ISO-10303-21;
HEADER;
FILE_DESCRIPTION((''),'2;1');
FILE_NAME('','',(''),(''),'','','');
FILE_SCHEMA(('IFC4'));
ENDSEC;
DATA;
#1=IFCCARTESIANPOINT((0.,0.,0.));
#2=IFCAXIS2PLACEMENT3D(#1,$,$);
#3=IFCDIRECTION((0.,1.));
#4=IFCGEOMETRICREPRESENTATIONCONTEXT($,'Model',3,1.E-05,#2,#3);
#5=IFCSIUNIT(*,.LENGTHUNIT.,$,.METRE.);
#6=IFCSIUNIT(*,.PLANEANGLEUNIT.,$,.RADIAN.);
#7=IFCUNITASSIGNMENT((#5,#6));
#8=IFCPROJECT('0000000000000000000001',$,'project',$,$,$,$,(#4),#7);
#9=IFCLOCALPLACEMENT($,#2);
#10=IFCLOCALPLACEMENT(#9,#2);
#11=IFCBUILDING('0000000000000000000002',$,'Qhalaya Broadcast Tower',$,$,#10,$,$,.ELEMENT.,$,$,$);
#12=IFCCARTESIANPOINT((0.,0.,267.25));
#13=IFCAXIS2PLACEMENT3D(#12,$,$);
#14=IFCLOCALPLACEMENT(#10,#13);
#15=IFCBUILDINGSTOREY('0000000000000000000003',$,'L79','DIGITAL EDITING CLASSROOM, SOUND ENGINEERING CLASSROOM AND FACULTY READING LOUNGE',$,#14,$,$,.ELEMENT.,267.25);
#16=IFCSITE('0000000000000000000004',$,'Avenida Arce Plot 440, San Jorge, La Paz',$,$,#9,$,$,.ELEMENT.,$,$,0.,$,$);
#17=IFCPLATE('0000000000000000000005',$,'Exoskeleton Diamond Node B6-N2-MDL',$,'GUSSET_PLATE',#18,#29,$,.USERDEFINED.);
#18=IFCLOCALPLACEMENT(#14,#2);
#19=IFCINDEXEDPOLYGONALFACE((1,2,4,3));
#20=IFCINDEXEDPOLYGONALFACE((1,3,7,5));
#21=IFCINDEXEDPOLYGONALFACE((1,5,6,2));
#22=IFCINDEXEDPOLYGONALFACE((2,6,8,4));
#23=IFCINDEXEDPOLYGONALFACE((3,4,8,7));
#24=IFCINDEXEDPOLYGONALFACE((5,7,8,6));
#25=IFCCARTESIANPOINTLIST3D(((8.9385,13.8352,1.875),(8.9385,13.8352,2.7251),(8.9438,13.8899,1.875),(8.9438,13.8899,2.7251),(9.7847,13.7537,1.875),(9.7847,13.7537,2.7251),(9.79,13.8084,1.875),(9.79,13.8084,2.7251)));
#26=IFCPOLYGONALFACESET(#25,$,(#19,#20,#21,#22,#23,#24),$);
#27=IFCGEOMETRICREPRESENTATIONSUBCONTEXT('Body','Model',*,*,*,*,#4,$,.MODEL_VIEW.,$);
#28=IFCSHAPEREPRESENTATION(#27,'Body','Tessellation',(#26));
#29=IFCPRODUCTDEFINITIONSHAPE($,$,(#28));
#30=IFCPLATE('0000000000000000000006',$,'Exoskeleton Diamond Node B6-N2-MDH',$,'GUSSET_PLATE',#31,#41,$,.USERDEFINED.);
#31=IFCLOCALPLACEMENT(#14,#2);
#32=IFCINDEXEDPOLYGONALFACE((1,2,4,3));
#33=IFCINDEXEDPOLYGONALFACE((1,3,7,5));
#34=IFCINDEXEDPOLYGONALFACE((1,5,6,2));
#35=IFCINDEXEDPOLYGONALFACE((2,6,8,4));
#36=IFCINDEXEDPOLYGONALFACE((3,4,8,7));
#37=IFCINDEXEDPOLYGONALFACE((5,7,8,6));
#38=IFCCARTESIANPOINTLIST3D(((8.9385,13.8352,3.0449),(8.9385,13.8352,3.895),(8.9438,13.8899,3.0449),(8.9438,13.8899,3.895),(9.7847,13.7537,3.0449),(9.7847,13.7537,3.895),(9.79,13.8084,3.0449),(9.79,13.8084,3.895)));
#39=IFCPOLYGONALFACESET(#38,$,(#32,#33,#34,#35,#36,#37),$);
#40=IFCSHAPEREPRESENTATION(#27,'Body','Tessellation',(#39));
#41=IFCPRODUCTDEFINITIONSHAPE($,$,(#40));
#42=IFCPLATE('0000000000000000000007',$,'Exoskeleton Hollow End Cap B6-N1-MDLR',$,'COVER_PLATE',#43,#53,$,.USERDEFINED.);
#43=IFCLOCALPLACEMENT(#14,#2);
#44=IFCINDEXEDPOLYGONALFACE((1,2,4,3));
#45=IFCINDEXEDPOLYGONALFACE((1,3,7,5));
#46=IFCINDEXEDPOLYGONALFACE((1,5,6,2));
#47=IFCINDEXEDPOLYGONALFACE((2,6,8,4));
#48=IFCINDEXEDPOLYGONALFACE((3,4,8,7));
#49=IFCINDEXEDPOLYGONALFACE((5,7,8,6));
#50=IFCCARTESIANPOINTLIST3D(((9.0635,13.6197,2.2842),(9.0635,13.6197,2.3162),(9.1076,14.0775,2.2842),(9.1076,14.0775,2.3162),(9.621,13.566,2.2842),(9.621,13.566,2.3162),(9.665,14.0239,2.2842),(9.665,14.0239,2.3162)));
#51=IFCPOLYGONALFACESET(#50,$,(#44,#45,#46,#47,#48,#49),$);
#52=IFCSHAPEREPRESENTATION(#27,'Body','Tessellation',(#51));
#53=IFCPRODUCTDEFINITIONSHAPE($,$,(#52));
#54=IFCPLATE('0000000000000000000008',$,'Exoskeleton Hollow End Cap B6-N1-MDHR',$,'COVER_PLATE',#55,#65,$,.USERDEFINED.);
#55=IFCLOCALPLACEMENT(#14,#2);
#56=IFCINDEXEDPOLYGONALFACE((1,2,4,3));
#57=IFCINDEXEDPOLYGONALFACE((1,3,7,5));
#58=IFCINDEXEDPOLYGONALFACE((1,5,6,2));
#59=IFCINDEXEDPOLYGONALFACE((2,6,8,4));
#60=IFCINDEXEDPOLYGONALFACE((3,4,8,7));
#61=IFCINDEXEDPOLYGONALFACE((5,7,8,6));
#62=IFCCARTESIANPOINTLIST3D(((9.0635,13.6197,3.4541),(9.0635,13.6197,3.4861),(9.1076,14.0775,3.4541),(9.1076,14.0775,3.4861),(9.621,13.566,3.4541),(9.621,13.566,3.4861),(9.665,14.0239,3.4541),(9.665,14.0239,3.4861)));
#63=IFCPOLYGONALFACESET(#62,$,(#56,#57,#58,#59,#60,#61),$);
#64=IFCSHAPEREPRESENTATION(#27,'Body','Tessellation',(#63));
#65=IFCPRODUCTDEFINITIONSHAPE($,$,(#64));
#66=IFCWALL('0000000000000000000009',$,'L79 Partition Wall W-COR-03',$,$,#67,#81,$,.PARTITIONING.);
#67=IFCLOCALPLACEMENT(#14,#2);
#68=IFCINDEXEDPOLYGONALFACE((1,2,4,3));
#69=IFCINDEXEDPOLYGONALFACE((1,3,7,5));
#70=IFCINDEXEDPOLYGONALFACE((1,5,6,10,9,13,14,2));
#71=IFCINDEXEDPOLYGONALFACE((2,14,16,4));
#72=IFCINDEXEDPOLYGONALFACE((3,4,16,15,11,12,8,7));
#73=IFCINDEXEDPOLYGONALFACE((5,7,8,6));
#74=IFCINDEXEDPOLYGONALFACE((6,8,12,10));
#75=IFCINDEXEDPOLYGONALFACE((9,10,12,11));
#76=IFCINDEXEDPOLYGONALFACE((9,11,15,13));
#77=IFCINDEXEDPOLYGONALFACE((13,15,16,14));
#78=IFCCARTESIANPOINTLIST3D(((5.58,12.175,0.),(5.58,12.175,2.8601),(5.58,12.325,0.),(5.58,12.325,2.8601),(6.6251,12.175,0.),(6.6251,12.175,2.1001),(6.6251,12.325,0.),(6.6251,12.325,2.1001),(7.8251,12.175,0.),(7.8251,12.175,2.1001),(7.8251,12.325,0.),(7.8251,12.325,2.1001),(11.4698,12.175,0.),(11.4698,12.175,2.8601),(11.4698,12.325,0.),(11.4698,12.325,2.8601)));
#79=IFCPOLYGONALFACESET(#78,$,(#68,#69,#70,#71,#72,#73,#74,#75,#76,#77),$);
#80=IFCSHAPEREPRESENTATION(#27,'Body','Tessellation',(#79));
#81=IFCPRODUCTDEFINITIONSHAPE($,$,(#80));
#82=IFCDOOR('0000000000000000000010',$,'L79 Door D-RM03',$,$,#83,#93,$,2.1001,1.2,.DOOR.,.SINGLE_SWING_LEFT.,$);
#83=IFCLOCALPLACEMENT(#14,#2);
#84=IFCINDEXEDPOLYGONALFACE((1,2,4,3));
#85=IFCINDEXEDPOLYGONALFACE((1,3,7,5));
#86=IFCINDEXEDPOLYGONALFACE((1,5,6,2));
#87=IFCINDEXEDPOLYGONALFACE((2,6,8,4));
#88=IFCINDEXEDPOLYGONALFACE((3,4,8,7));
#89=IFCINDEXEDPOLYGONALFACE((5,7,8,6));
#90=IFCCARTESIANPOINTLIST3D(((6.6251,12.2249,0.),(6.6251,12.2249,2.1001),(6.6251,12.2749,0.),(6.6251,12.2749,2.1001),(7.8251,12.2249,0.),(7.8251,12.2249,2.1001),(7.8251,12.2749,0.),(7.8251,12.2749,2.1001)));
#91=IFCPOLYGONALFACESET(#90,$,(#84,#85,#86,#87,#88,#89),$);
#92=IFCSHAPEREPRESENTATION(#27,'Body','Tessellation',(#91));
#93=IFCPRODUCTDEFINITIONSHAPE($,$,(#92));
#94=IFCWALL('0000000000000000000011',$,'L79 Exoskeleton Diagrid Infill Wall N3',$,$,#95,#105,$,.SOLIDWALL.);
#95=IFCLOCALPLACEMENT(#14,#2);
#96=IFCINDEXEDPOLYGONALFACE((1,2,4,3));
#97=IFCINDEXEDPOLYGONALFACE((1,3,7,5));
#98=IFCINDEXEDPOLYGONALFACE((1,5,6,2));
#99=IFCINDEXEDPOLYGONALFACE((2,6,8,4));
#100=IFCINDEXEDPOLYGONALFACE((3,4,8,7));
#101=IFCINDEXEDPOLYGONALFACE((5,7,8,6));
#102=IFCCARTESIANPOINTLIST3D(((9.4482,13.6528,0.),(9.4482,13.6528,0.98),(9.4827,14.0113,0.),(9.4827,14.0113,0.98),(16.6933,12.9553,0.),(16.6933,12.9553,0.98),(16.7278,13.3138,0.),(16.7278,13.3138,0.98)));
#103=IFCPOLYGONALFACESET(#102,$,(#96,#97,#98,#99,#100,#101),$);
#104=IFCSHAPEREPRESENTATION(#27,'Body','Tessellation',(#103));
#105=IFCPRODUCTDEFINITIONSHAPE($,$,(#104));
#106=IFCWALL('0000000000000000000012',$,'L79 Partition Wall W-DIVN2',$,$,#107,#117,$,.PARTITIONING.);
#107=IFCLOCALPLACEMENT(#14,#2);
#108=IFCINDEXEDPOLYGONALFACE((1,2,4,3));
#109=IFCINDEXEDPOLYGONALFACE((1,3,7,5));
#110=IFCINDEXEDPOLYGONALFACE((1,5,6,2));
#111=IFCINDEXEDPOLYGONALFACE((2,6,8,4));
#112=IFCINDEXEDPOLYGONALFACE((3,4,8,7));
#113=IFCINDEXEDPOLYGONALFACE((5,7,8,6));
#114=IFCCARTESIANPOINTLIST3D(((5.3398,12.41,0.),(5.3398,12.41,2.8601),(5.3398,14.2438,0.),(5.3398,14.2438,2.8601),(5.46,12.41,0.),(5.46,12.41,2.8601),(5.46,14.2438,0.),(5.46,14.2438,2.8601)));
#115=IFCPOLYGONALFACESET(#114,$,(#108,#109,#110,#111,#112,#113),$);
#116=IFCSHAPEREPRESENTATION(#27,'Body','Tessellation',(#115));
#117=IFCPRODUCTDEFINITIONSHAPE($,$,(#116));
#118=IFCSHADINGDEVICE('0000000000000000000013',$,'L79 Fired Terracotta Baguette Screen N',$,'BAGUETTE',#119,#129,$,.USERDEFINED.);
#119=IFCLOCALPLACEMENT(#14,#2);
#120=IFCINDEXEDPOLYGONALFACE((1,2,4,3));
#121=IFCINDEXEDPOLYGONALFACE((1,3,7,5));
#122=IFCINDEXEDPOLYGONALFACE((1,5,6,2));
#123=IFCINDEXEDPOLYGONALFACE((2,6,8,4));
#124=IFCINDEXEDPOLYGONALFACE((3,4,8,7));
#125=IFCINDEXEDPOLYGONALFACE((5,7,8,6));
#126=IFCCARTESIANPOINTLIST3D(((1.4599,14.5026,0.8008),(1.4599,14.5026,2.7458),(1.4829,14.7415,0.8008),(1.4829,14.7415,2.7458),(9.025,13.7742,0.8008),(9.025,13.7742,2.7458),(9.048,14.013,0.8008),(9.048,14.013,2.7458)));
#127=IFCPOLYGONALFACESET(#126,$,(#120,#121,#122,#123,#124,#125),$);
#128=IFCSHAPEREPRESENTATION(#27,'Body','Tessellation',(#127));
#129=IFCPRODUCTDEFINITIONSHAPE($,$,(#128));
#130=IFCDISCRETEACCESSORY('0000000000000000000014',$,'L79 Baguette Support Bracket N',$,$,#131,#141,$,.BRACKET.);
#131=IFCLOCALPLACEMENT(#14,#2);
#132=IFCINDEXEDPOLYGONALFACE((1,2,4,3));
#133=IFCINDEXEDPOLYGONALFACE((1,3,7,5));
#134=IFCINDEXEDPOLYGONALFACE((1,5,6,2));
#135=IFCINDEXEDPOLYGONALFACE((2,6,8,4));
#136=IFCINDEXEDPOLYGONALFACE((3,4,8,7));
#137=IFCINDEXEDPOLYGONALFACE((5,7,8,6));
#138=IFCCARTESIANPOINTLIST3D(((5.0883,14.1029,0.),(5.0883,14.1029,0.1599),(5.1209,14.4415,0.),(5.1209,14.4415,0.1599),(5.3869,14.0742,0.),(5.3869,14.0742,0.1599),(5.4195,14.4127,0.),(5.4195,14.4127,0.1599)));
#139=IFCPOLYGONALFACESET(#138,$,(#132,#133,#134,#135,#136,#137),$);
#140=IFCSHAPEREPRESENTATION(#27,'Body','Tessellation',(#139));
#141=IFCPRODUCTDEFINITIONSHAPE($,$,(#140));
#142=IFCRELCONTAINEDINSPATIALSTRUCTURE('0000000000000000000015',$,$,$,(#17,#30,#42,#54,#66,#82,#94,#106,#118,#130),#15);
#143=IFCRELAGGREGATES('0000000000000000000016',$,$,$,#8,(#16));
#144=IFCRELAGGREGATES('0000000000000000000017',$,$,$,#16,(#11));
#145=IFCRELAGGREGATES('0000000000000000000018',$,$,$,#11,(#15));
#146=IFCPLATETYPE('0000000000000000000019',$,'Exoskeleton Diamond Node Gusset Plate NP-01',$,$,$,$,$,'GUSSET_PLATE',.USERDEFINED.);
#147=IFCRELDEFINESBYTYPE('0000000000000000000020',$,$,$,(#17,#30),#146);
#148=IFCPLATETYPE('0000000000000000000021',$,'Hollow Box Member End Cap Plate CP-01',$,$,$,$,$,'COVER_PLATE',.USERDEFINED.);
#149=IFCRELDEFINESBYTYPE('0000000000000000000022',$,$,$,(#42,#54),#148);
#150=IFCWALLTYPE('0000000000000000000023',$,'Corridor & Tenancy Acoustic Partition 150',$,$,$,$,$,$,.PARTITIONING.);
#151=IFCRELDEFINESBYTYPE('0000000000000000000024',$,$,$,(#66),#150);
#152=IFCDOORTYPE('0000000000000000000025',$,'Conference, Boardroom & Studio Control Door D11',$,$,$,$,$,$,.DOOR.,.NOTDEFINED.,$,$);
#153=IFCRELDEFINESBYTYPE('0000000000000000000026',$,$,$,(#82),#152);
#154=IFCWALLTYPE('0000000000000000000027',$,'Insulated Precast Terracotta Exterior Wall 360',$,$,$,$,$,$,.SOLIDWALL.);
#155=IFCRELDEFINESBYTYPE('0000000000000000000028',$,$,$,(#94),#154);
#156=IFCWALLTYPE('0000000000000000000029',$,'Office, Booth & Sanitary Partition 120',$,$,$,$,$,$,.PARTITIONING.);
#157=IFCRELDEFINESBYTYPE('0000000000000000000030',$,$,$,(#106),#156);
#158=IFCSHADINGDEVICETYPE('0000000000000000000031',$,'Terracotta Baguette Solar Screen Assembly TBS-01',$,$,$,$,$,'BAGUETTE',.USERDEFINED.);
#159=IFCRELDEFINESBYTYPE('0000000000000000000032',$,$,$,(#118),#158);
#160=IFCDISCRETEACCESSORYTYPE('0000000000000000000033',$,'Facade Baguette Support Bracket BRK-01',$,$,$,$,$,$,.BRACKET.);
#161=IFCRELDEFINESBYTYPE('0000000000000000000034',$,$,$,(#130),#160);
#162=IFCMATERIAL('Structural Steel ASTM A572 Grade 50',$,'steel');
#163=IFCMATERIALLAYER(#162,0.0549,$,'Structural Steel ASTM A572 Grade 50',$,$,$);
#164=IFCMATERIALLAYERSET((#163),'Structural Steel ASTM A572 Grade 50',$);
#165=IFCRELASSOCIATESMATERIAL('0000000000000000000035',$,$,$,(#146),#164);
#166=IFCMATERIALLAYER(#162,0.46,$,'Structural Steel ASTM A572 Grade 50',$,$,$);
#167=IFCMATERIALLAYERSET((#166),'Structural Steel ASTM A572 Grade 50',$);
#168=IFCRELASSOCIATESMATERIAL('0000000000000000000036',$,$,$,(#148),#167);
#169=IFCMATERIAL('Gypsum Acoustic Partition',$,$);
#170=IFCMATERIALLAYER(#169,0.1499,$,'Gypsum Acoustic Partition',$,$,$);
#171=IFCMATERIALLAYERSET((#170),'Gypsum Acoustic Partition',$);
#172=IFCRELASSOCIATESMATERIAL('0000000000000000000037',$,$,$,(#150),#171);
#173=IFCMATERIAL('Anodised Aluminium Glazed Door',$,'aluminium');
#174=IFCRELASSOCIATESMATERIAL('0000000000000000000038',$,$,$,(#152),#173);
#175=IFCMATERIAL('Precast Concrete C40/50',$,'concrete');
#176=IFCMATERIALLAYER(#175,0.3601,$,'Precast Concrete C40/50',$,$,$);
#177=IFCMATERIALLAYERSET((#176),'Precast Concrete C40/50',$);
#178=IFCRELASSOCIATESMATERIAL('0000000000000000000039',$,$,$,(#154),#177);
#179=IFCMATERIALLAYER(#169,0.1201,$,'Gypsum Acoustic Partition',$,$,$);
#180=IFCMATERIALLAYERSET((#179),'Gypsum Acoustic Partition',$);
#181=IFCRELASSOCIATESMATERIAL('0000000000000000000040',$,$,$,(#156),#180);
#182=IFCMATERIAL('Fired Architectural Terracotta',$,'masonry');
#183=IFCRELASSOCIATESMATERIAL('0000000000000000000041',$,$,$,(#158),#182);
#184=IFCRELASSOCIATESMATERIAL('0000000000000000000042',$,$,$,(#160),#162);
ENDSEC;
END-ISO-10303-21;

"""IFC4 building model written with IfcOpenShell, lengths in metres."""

from ifc_helpers import new_model, si_unit, direction, frame, frame_2d, origin, origin_2d, place, context, subcontext, project, spatial, rectangle, extrude, material, layer, layer_set, type_object, element, fill, save


model = new_model("IFC4")

# Units and contexts
model_context = context("Model", 3, precision=1e-05, world=origin(), true_north=direction((0.0, 1.0)))
body_context = subcontext(model_context, "Body", "Model", "MODEL_VIEW")
ifc_project = project(units=[si_unit("LENGTHUNIT", "METRE"), si_unit("PLANEANGLEUNIT", "RADIAN")], contexts=[model_context])

# Site, building, storey
site_placement = place(None, origin())
site = spatial("IfcSite", under=ifc_project, at=site_placement, Name="Avenida Arce Plot 440, San Jorge, La Paz", CompositionType="ELEMENT", RefElevation=0.0)
building_placement = place(site_placement, origin())
building = spatial("IfcBuilding", under=site, at=building_placement, Name="Qhalaya Broadcast Tower", CompositionType="ELEMENT")
storey_placement = place(building_placement, frame((0.0, 0.0, 267.25)))
storey = spatial("IfcBuildingStorey", under=building, at=storey_placement, Name="L79", Description="DIGITAL EDITING CLASSROOM, SOUND ENGINEERING CLASSROOM AND FACULTY READING LOUNGE", CompositionType="ELEMENT", Elevation=267.25)

# Shared definitions
ifc_material_1 = material(Name="Structural Steel ASTM A572 Grade 50", Category="steel")

# Plates
ifc_layer_1 = layer(ifc_material_1, 0.0549, Name="Structural Steel ASTM A572 Grade 50")
ifc_layer_set_1 = layer_set([ifc_layer_1], Name="Structural Steel ASTM A572 Grade 50")
plate_type_1 = type_object("IfcPlateType", Name="Exoskeleton Diamond Node Gusset Plate NP-01", ElementType="GUSSET_PLATE", PredefinedType="USERDEFINED", material=ifc_layer_set_1)
for number, where, z_axis, x_axis, name in (
    (1, (9.3643, 13.8218, 1.875), (0.0, 0.0, 1.0), (0.995396, -0.095846, 0.0), "Exoskeleton Diamond Node B6-N2-MDL"),
    (2, (9.3643, 13.8218, 3.0449), (0.0, 0.0, 1.0), (0.995396, -0.095846, 0.0), "Exoskeleton Diamond Node B6-N2-MDH"),
):
    element("IfcPlate", number, at=place(storey_placement, frame(where, z_axis=z_axis, x_axis=x_axis)), inside=storey, type_object=plate_type_1, Name=name, ObjectType="GUSSET_PLATE", PredefinedType="USERDEFINED", context=body_context, shape_type="SweptSolid", body=[
        extrude(rectangle(XDim=0.8501, YDim=0.0549, at=origin_2d()), origin(), (0.0, 0.0, 1.0), 0.8501),
    ])
ifc_layer_2 = layer(ifc_material_1, 0.46, Name="Structural Steel ASTM A572 Grade 50")
ifc_layer_set_2 = layer_set([ifc_layer_2], Name="Structural Steel ASTM A572 Grade 50")
plate_type_2 = type_object("IfcPlateType", Name="Hollow Box Member End Cap Plate CP-01", ElementType="COVER_PLATE", PredefinedType="USERDEFINED", material=ifc_layer_set_2)
for number, where, z_axis, x_axis, name in (
    (3, (9.3643, 13.8218, 2.2842), (0.0, 0.0, 1.0), (0.995396, -0.095846, 0.0), "Exoskeleton Hollow End Cap B6-N1-MDLR"),
    (4, (9.3643, 13.8218, 3.4541), (0.0, 0.0, 1.0), (0.995396, -0.095846, 0.0), "Exoskeleton Hollow End Cap B6-N1-MDHR"),
):
    element("IfcPlate", number, at=place(storey_placement, frame(where, z_axis=z_axis, x_axis=x_axis)), inside=storey, type_object=plate_type_2, Name=name, ObjectType="COVER_PLATE", PredefinedType="USERDEFINED", context=body_context, shape_type="SweptSolid", body=[
        extrude(rectangle(XDim=0.5601, YDim=0.46, at=origin_2d()), origin(), (0.0, 0.0, 1.0), 0.032),
    ])

# Wall, opening, door
ifc_material_2 = material(Name="Gypsum Acoustic Partition")
ifc_layer_3 = layer(ifc_material_2, 0.1499, Name="Gypsum Acoustic Partition")
ifc_layer_set_3 = layer_set([ifc_layer_3], Name="Gypsum Acoustic Partition")
wall_type_1 = type_object("IfcWallType", Name="Corridor & Tenancy Acoustic Partition 150", PredefinedType="PARTITIONING", material=ifc_layer_set_3)
wall_1_placement = place(storey_placement, frame((5.5801, 12.25, 0.0), z_axis=(0.0, 0.0, 1.0), x_axis=(1.0, 0.0, 0.0)))
wall_1 = element("IfcWall", 5, at=wall_1_placement, inside=storey, type_object=wall_type_1, Name="L79 Partition Wall W-COR-03", PredefinedType="PARTITIONING", context=body_context, shape_type="SweptSolid", body=[
    extrude(rectangle(XDim=5.8899, YDim=0.1499, at=frame_2d((2.9448, 0.0))), origin(), (0.0, 0.0, 1.0), 2.8601),
])
opening_placement = place(wall_1_placement, frame((1.0449, 0.0, 0.0)))
opening = element("IfcOpeningElement", 6, at=opening_placement, cuts=wall_1, PredefinedType="OPENING", context=body_context, shape_type="SweptSolid", body=[
    extrude(rectangle(XDim=1.2, YDim=2.1001, at=frame_2d((0.6001, 1.05))), frame((0.0, 0.0869, 0.0), z_axis=(0.0, -1.0, 0.0), x_axis=(1.0, 0.0, 0.0)), (0.0, 0.0, 1.0), 0.1738),
])
ifc_material_3 = material(Name="Anodised Aluminium Glazed Door", Category="aluminium")
door_type = type_object("IfcDoorType", Name="Conference, Boardroom & Studio Control Door D11", OperationType="NOTDEFINED", PredefinedType="DOOR", material=ifc_material_3)
door_placement = place(opening_placement, origin())
door = element("IfcDoor", 7, at=door_placement, inside=storey, type_object=door_type, Name="L79 Door D-RM03", OperationType="SINGLE_SWING_LEFT", OverallHeight=2.1001, OverallWidth=1.2, PredefinedType="DOOR", context=body_context, shape_type="SweptSolid", body=[
    extrude(rectangle(XDim=1.2, YDim=2.1001, at=frame_2d((0.6001, 1.05))), frame((0.0, 0.0249, 0.0), z_axis=(0.0, -1.0, 0.0), x_axis=(1.0, 0.0, 0.0)), (0.0, 0.0, 1.0), 0.05),
])
fill(opening, door)

# Walls
ifc_material_4 = material(Name="Precast Concrete C40/50", Category="concrete")
ifc_layer_4 = layer(ifc_material_4, 0.3601, Name="Precast Concrete C40/50")
ifc_layer_set_4 = layer_set([ifc_layer_4], Name="Precast Concrete C40/50")
wall_type_2 = type_object("IfcWallType", Name="Insulated Precast Terracotta Exterior Wall 360", PredefinedType="SOLIDWALL", material=ifc_layer_set_4)
wall_2_placement = place(storey_placement, frame((9.4656, 13.832, 0.0), z_axis=(0.0, 0.0, 1.0), x_axis=(0.995398, -0.09583, 0.0)))
element("IfcWall", 8, at=wall_2_placement, inside=storey, type_object=wall_type_2, Name="L79 Exoskeleton Diagrid Infill Wall N3", PredefinedType="SOLIDWALL", context=body_context, shape_type="SweptSolid", body=[
    extrude(rectangle(XDim=7.2786, YDim=0.3601, at=frame_2d((3.6392, 0.0))), origin(), (0.0, 0.0, 1.0), 0.98),
])
ifc_layer_5 = layer(ifc_material_2, 0.1201, Name="Gypsum Acoustic Partition")
ifc_layer_set_5 = layer_set([ifc_layer_5], Name="Gypsum Acoustic Partition")
wall_type_3 = type_object("IfcWallType", Name="Office, Booth & Sanitary Partition 120", PredefinedType="PARTITIONING", material=ifc_layer_set_5)
wall_3_placement = place(storey_placement, frame((5.3999, 12.4099, 0.0), z_axis=(0.0, 0.0, 1.0), x_axis=(0.0, 1.0, 0.0)))
element("IfcWall", 9, at=wall_3_placement, inside=storey, type_object=wall_type_3, Name="L79 Partition Wall W-DIVN2", PredefinedType="PARTITIONING", context=body_context, shape_type="SweptSolid", body=[
    extrude(rectangle(XDim=1.8337, YDim=0.1201, at=frame_2d((0.917, 0.0))), origin(), (0.0, 0.0, 1.0), 2.8601),
])

# Shading device
ifc_material_5 = material(Name="Fired Architectural Terracotta", Category="masonry")
shading_device_type = type_object("IfcShadingDeviceType", Name="Terracotta Baguette Solar Screen Assembly TBS-01", ElementType="BAGUETTE", PredefinedType="USERDEFINED", material=ifc_material_5)
shading_device_placement = place(storey_placement, frame((5.2539, 14.2578, 0.8008), z_axis=(0.0, 0.0, 1.0), x_axis=(-0.995396, 0.095846, 0.0)))
element("IfcShadingDevice", 10, at=shading_device_placement, inside=storey, type_object=shading_device_type, Name="L79 Fired Terracotta Baguette Screen N", ObjectType="BAGUETTE", PredefinedType="USERDEFINED", context=body_context, shape_type="SweptSolid", body=[
    extrude(rectangle(XDim=7.6001, YDim=0.24, at=origin_2d()), origin(), (0.0, 0.0, 1.0), 1.9451),
])

# Discrete accessory
discrete_accessory_type = type_object("IfcDiscreteAccessoryType", Name="Facade Baguette Support Bracket BRK-01", PredefinedType="BRACKET", material=ifc_material_1)
discrete_accessory_placement = place(storey_placement, frame((5.2539, 14.2578, 0.0), z_axis=(0.0, 0.0, 1.0), x_axis=(-0.995396, 0.095846, 0.0)))
element("IfcDiscreteAccessory", 11, at=discrete_accessory_placement, inside=storey, type_object=discrete_accessory_type, Name="L79 Baguette Support Bracket N", PredefinedType="BRACKET", context=body_context, shape_type="SweptSolid", body=[
    extrude(rectangle(XDim=0.3, YDim=0.3401, at=origin_2d()), origin(), (0.0, 0.0, 1.0), 0.1599),
])

save(model, "model.ifc")
